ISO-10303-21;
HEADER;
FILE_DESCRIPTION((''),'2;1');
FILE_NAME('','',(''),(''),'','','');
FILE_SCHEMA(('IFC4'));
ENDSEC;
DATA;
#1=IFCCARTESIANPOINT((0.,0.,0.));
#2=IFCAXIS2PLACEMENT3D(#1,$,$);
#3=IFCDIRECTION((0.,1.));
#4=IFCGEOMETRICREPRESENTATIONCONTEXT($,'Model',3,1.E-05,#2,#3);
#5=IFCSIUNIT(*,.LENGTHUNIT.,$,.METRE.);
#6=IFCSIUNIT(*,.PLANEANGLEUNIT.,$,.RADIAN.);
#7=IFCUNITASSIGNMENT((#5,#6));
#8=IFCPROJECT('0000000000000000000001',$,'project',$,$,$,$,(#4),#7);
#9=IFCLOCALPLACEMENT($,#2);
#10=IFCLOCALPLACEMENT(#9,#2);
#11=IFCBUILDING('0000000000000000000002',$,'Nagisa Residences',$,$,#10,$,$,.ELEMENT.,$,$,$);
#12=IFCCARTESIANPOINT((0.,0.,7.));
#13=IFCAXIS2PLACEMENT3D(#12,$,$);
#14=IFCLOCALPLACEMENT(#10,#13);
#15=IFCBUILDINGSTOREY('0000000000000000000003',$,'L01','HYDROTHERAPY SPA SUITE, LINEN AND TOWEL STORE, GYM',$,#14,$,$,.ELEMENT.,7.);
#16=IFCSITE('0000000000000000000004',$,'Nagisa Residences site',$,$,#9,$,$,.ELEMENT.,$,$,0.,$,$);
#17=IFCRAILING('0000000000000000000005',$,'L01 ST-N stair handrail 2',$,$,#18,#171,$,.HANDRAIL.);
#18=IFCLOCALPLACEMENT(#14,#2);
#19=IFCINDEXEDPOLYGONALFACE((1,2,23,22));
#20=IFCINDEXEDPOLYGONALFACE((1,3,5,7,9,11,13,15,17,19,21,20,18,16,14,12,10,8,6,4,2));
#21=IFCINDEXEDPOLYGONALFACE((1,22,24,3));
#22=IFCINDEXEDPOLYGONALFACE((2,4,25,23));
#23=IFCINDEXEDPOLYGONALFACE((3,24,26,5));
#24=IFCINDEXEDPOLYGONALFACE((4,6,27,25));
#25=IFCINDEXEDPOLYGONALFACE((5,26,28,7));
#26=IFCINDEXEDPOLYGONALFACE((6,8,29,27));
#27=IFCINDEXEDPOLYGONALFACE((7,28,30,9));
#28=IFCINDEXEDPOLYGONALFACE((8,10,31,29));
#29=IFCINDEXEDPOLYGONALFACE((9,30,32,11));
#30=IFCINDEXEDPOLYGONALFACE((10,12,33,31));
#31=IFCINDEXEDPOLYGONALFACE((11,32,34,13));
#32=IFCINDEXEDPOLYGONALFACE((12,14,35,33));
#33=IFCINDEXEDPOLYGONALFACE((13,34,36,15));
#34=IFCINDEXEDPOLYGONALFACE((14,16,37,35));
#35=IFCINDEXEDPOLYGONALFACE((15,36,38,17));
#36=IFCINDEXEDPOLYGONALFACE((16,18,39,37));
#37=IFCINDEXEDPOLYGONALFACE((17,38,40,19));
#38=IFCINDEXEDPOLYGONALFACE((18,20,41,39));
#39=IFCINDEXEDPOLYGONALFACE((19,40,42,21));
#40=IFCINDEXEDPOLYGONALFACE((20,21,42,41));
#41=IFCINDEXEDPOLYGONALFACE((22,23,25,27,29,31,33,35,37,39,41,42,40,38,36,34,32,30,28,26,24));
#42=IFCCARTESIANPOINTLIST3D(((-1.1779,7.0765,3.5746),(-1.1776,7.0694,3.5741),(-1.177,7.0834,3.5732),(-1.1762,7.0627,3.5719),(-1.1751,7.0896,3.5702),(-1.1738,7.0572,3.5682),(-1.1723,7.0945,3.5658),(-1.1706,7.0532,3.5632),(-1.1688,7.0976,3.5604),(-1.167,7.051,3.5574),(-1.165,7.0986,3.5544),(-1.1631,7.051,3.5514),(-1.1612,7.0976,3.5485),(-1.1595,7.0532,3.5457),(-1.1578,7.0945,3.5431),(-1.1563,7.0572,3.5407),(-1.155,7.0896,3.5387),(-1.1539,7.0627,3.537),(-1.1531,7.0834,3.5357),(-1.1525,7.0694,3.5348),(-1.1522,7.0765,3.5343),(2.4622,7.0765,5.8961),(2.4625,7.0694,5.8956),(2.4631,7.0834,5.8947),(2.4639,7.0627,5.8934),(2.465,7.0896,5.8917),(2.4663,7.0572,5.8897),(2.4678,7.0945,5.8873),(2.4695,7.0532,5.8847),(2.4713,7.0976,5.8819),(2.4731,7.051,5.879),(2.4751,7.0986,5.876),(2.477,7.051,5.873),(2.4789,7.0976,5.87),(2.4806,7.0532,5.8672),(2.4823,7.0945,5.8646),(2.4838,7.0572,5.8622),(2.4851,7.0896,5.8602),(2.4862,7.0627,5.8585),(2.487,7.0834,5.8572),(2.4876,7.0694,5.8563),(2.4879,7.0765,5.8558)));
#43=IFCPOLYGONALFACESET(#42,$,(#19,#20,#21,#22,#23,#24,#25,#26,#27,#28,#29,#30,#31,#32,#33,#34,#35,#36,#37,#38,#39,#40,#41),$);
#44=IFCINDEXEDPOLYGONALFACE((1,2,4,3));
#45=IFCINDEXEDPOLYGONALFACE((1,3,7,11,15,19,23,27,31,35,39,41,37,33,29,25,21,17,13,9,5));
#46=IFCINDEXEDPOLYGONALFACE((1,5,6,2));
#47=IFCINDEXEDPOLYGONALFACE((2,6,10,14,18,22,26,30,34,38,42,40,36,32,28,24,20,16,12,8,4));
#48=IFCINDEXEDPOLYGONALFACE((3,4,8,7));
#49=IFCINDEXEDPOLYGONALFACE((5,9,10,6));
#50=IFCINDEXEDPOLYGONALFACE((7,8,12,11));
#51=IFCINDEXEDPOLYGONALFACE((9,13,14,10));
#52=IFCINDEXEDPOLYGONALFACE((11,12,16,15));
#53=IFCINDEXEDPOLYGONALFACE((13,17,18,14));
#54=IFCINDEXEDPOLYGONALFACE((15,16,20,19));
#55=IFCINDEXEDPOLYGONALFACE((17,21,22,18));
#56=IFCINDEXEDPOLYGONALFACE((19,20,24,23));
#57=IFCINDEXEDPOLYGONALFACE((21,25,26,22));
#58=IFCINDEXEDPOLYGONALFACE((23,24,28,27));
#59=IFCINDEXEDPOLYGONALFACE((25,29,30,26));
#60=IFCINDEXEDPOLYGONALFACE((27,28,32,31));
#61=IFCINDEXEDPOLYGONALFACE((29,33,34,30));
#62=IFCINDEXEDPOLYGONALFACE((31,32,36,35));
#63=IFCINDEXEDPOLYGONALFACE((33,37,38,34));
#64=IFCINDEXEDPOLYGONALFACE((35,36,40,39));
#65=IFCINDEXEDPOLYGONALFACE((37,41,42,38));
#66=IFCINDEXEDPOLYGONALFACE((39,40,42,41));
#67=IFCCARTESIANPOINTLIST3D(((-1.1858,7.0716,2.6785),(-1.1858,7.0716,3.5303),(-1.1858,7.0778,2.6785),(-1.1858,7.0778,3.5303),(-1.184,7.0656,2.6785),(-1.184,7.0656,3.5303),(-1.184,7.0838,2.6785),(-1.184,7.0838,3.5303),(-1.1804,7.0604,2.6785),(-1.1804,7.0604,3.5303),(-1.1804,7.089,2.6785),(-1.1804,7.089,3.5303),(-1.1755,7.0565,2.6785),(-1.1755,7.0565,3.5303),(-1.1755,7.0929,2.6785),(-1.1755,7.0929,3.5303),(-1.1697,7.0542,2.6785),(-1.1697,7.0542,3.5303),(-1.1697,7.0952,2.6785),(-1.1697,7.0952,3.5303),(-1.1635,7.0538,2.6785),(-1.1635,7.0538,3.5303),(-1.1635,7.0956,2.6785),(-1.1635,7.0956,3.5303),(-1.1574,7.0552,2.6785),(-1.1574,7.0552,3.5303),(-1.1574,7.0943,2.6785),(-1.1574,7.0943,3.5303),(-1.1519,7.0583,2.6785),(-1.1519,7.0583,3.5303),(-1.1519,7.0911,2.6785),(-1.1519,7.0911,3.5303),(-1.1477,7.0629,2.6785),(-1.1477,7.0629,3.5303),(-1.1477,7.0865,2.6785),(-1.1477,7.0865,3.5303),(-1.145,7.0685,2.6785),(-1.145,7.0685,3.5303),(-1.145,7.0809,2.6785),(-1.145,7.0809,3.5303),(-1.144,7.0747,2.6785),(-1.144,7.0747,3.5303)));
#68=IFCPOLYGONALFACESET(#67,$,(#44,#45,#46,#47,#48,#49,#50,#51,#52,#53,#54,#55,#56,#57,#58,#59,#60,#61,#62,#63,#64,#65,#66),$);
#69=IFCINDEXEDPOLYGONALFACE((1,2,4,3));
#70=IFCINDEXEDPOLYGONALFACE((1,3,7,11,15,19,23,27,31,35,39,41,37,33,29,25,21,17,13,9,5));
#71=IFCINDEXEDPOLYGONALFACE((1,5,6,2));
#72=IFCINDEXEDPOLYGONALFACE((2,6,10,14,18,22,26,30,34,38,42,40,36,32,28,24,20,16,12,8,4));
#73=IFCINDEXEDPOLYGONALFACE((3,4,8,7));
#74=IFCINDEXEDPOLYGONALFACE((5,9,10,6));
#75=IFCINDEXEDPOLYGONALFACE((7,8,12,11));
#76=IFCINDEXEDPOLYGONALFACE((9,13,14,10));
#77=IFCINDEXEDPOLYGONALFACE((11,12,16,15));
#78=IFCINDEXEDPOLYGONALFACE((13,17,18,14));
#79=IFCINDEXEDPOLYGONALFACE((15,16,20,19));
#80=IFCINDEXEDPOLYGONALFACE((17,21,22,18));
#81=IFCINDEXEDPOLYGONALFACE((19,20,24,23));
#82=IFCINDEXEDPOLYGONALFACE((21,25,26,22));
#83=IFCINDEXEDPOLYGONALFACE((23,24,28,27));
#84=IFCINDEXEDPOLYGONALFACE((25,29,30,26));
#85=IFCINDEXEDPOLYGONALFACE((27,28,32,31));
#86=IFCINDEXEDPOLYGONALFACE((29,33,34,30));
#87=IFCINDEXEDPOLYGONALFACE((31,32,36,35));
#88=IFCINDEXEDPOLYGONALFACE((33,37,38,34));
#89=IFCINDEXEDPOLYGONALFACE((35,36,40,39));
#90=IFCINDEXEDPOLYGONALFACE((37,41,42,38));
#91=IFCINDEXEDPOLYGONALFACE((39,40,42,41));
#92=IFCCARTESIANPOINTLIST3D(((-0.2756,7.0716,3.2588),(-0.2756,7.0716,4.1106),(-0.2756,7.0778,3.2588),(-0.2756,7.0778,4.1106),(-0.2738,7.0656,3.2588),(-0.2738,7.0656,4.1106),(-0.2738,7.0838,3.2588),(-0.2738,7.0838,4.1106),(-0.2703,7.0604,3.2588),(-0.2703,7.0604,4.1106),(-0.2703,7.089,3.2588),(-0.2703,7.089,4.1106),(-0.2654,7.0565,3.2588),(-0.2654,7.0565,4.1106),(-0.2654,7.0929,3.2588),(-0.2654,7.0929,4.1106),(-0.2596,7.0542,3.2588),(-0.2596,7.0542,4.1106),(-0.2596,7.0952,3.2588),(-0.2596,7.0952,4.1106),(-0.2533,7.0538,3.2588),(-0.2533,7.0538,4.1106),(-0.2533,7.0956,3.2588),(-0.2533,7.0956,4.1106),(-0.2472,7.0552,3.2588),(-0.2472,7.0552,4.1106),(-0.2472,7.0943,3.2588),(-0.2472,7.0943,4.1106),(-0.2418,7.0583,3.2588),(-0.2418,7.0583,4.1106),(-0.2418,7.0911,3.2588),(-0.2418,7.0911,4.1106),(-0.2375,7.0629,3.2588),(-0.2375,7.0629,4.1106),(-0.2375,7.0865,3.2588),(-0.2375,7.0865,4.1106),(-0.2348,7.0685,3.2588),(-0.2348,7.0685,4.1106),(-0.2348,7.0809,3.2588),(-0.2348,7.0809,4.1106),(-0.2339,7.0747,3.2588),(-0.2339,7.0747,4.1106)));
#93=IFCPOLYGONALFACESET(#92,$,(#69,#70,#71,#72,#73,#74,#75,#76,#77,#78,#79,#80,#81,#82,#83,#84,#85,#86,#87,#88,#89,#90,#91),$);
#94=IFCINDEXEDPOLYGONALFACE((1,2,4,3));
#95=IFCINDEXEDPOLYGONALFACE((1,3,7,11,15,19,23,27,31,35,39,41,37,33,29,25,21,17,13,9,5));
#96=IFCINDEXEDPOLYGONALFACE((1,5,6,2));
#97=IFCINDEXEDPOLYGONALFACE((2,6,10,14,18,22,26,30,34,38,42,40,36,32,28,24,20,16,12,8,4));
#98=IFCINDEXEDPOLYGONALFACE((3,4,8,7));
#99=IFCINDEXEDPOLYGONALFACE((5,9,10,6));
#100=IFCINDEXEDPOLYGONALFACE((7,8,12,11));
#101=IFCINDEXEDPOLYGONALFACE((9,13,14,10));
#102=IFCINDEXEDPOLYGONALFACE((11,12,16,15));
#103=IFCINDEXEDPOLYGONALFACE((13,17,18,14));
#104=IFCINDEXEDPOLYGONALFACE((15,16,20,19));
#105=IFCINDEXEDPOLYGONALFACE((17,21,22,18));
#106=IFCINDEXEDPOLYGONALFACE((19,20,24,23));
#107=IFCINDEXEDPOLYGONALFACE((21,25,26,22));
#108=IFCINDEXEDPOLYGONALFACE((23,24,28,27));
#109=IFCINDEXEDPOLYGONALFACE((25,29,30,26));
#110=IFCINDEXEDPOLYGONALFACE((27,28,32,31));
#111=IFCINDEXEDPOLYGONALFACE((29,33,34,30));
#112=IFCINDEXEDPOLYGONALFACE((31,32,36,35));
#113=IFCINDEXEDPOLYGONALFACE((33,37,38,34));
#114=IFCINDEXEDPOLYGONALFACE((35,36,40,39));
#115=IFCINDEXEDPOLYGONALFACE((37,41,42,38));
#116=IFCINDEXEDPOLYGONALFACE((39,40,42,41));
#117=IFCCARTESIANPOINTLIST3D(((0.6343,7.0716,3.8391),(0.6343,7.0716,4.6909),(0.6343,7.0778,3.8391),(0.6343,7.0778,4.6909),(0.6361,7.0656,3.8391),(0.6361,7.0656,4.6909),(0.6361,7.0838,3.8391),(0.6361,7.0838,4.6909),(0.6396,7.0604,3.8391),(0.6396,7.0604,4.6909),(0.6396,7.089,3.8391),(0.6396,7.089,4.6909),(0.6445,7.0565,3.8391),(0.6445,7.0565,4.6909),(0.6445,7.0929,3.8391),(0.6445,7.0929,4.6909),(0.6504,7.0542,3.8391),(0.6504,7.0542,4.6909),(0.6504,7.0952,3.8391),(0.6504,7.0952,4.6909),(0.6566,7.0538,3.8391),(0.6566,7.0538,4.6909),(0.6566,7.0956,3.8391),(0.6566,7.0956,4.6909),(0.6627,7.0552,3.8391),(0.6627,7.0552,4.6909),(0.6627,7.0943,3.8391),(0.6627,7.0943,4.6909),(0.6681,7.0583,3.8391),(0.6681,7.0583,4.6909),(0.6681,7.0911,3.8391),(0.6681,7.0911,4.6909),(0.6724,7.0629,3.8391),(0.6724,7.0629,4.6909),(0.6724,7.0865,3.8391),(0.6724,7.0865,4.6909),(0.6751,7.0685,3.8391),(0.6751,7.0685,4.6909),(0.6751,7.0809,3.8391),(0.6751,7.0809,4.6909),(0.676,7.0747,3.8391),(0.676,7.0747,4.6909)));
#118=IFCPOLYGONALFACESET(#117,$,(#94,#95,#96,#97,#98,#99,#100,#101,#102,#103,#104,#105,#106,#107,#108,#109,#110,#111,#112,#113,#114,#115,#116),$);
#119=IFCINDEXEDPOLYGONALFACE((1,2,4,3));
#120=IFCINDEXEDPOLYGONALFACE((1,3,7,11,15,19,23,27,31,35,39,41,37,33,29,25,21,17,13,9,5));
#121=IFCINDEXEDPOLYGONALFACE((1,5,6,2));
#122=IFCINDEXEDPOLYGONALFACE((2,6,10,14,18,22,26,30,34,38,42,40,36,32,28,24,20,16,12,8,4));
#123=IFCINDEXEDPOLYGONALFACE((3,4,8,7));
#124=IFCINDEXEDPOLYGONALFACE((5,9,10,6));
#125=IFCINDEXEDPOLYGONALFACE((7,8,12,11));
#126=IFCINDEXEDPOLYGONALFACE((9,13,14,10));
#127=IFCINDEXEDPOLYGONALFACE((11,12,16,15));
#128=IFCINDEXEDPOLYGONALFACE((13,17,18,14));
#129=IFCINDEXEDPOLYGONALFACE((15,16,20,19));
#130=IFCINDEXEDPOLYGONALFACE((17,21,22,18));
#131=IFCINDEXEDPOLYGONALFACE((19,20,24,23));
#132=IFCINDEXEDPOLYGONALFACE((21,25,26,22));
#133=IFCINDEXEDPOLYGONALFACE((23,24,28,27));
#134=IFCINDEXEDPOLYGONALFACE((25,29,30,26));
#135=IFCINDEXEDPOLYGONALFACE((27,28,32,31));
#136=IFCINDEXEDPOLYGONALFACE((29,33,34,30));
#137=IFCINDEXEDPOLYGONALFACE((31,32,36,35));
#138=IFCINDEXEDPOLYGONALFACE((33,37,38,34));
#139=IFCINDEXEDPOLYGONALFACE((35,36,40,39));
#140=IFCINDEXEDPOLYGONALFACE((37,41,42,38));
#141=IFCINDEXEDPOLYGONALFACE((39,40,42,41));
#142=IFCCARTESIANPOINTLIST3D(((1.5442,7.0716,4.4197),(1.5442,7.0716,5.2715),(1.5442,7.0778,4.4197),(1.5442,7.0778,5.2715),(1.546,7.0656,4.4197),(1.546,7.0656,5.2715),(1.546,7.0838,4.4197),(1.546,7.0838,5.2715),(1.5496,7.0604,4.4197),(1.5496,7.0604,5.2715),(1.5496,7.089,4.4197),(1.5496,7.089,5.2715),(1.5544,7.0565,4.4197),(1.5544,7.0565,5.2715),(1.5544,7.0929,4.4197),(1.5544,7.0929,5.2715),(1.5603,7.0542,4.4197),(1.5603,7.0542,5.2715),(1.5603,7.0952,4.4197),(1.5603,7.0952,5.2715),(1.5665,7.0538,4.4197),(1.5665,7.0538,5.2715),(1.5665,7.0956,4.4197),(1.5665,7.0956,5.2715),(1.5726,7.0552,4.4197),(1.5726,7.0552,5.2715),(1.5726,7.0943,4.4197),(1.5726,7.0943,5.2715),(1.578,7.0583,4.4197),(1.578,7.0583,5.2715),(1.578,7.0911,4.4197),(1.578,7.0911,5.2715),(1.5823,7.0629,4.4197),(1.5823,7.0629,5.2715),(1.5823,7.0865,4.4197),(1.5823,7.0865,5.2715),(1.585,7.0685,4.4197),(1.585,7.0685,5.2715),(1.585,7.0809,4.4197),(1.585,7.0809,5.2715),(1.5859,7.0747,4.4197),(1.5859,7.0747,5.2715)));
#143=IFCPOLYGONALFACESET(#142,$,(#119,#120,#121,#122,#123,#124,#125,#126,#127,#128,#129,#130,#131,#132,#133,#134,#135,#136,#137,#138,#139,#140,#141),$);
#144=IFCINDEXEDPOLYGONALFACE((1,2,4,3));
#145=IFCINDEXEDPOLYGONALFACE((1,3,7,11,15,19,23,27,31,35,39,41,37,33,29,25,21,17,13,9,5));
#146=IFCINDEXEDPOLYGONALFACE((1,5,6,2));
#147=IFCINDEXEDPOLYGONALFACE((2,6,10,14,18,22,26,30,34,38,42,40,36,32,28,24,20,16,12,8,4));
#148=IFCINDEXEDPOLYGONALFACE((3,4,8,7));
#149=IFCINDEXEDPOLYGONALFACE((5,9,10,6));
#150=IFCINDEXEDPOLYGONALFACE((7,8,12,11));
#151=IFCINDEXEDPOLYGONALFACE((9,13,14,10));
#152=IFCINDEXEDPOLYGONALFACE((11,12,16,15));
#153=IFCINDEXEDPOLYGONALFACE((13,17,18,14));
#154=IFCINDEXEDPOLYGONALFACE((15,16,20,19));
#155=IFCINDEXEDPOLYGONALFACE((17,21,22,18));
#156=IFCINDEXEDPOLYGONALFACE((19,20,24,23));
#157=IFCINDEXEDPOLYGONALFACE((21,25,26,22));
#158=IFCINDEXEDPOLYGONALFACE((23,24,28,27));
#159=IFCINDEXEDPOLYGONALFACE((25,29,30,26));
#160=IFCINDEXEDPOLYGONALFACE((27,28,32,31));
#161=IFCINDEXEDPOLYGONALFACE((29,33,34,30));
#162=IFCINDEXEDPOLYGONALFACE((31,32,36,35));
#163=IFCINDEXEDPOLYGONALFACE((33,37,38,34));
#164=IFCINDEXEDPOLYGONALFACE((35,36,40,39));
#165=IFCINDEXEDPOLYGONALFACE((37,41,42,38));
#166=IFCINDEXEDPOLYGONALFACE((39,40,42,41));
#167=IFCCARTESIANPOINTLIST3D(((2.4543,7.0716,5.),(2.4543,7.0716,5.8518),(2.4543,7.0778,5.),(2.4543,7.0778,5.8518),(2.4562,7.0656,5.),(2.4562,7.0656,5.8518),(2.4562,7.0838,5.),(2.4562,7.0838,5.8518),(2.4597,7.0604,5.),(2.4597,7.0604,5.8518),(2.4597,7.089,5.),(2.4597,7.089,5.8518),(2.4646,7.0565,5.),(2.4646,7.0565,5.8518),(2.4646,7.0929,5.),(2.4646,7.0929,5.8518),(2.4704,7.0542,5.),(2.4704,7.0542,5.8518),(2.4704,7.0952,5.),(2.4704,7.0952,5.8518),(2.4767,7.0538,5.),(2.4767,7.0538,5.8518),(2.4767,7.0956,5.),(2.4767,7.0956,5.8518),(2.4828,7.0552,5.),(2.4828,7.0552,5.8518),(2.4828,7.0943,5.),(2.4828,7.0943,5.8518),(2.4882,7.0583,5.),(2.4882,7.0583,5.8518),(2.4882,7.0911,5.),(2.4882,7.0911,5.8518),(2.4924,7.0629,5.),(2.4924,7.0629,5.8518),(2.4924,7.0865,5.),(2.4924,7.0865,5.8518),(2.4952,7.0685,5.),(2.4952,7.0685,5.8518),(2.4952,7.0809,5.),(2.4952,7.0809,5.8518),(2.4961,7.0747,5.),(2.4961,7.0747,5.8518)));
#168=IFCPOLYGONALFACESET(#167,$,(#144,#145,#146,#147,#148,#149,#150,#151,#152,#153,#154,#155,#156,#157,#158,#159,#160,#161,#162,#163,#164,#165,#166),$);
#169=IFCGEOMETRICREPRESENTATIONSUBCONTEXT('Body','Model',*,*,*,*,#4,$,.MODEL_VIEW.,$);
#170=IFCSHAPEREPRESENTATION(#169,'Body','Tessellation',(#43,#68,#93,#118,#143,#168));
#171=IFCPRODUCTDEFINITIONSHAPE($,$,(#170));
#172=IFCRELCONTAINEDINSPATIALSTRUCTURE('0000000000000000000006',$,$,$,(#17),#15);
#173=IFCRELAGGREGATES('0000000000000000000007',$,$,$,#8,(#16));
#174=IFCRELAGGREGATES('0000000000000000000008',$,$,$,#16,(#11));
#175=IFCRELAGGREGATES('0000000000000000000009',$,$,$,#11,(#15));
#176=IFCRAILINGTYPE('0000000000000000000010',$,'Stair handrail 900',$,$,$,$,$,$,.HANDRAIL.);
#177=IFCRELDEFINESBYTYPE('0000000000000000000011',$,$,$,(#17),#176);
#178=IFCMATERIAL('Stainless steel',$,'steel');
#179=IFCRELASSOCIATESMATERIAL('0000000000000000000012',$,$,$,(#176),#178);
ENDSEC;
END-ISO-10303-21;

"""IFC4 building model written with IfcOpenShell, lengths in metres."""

from ifc_helpers import new_model, si_unit, direction, frame, origin, origin_2d, place, context, subcontext, project, spatial, circle, extrude, material, type_object, element, save


model = new_model("IFC4")

# Units and contexts
model_context = context("Model", 3, precision=1e-05, world=origin(), true_north=direction((0.0, 1.0)))
body_context = subcontext(model_context, "Body", "Model", "MODEL_VIEW")
ifc_project = project(units=[si_unit("LENGTHUNIT", "METRE"), si_unit("PLANEANGLEUNIT", "RADIAN")], contexts=[model_context])

# Site, building, storey
site_placement = place(None, origin())
site = spatial("IfcSite", under=ifc_project, at=site_placement, Name="Nagisa Residences site", CompositionType="ELEMENT", RefElevation=0.0)
building_placement = place(site_placement, origin())
building = spatial("IfcBuilding", under=site, at=building_placement, Name="Nagisa Residences", CompositionType="ELEMENT")
storey_placement = place(building_placement, frame((0.0, 0.0, 7.0)))
storey = spatial("IfcBuildingStorey", under=building, at=storey_placement, Name="L01", Description="HYDROTHERAPY SPA SUITE, LINEN AND TOWEL STORE, GYM", CompositionType="ELEMENT", Elevation=7.0)

# Railing
ifc_material_1 = material(Name="Stainless steel", Category="steel")
railing_type_1 = type_object("IfcRailingType", Name="Stair handrail 900", PredefinedType="HANDRAIL", material=ifc_material_1)
railing_1_placement = place(storey_placement, frame((-1.165, 7.0747, 2.6785)))
element("IfcRailing", 1, at=railing_1_placement, inside=storey, type_object=railing_type_1, Name="L01 ST-N stair handrail 2", PredefinedType="HANDRAIL", context=body_context, shape_type="SweptSolid", body=[
    extrude(circle(Radius=0.0239, at=origin_2d()), frame((0.0, 0.0, 0.876), z_axis=(0.843128, 0.0, 0.537713), x_axis=(0.0, 1.0, 0.0)), (0.0, 0.0, 1.0), 4.3174),
    extrude(circle(Radius=0.021, at=origin_2d()), origin(), (0.0, 0.0, 1.0), 0.8518),
    extrude(circle(Radius=0.021, at=origin_2d()), frame((0.9102, 0.0, 0.5803)), (0.0, 0.0, 1.0), 0.8518),
    extrude(circle(Radius=0.021, at=origin_2d()), frame((1.8201, 0.0, 1.1606)), (0.0, 0.0, 1.0), 0.8518),
    extrude(circle(Radius=0.021, at=origin_2d()), frame((2.73, 0.0, 1.7412)), (0.0, 0.0, 1.0), 0.8518),
    extrude(circle(Radius=0.021, at=origin_2d()), frame((3.6401, 0.0, 2.3215)), (0.0, 0.0, 1.0), 0.8518),
])

save(model, "model.ifc")
